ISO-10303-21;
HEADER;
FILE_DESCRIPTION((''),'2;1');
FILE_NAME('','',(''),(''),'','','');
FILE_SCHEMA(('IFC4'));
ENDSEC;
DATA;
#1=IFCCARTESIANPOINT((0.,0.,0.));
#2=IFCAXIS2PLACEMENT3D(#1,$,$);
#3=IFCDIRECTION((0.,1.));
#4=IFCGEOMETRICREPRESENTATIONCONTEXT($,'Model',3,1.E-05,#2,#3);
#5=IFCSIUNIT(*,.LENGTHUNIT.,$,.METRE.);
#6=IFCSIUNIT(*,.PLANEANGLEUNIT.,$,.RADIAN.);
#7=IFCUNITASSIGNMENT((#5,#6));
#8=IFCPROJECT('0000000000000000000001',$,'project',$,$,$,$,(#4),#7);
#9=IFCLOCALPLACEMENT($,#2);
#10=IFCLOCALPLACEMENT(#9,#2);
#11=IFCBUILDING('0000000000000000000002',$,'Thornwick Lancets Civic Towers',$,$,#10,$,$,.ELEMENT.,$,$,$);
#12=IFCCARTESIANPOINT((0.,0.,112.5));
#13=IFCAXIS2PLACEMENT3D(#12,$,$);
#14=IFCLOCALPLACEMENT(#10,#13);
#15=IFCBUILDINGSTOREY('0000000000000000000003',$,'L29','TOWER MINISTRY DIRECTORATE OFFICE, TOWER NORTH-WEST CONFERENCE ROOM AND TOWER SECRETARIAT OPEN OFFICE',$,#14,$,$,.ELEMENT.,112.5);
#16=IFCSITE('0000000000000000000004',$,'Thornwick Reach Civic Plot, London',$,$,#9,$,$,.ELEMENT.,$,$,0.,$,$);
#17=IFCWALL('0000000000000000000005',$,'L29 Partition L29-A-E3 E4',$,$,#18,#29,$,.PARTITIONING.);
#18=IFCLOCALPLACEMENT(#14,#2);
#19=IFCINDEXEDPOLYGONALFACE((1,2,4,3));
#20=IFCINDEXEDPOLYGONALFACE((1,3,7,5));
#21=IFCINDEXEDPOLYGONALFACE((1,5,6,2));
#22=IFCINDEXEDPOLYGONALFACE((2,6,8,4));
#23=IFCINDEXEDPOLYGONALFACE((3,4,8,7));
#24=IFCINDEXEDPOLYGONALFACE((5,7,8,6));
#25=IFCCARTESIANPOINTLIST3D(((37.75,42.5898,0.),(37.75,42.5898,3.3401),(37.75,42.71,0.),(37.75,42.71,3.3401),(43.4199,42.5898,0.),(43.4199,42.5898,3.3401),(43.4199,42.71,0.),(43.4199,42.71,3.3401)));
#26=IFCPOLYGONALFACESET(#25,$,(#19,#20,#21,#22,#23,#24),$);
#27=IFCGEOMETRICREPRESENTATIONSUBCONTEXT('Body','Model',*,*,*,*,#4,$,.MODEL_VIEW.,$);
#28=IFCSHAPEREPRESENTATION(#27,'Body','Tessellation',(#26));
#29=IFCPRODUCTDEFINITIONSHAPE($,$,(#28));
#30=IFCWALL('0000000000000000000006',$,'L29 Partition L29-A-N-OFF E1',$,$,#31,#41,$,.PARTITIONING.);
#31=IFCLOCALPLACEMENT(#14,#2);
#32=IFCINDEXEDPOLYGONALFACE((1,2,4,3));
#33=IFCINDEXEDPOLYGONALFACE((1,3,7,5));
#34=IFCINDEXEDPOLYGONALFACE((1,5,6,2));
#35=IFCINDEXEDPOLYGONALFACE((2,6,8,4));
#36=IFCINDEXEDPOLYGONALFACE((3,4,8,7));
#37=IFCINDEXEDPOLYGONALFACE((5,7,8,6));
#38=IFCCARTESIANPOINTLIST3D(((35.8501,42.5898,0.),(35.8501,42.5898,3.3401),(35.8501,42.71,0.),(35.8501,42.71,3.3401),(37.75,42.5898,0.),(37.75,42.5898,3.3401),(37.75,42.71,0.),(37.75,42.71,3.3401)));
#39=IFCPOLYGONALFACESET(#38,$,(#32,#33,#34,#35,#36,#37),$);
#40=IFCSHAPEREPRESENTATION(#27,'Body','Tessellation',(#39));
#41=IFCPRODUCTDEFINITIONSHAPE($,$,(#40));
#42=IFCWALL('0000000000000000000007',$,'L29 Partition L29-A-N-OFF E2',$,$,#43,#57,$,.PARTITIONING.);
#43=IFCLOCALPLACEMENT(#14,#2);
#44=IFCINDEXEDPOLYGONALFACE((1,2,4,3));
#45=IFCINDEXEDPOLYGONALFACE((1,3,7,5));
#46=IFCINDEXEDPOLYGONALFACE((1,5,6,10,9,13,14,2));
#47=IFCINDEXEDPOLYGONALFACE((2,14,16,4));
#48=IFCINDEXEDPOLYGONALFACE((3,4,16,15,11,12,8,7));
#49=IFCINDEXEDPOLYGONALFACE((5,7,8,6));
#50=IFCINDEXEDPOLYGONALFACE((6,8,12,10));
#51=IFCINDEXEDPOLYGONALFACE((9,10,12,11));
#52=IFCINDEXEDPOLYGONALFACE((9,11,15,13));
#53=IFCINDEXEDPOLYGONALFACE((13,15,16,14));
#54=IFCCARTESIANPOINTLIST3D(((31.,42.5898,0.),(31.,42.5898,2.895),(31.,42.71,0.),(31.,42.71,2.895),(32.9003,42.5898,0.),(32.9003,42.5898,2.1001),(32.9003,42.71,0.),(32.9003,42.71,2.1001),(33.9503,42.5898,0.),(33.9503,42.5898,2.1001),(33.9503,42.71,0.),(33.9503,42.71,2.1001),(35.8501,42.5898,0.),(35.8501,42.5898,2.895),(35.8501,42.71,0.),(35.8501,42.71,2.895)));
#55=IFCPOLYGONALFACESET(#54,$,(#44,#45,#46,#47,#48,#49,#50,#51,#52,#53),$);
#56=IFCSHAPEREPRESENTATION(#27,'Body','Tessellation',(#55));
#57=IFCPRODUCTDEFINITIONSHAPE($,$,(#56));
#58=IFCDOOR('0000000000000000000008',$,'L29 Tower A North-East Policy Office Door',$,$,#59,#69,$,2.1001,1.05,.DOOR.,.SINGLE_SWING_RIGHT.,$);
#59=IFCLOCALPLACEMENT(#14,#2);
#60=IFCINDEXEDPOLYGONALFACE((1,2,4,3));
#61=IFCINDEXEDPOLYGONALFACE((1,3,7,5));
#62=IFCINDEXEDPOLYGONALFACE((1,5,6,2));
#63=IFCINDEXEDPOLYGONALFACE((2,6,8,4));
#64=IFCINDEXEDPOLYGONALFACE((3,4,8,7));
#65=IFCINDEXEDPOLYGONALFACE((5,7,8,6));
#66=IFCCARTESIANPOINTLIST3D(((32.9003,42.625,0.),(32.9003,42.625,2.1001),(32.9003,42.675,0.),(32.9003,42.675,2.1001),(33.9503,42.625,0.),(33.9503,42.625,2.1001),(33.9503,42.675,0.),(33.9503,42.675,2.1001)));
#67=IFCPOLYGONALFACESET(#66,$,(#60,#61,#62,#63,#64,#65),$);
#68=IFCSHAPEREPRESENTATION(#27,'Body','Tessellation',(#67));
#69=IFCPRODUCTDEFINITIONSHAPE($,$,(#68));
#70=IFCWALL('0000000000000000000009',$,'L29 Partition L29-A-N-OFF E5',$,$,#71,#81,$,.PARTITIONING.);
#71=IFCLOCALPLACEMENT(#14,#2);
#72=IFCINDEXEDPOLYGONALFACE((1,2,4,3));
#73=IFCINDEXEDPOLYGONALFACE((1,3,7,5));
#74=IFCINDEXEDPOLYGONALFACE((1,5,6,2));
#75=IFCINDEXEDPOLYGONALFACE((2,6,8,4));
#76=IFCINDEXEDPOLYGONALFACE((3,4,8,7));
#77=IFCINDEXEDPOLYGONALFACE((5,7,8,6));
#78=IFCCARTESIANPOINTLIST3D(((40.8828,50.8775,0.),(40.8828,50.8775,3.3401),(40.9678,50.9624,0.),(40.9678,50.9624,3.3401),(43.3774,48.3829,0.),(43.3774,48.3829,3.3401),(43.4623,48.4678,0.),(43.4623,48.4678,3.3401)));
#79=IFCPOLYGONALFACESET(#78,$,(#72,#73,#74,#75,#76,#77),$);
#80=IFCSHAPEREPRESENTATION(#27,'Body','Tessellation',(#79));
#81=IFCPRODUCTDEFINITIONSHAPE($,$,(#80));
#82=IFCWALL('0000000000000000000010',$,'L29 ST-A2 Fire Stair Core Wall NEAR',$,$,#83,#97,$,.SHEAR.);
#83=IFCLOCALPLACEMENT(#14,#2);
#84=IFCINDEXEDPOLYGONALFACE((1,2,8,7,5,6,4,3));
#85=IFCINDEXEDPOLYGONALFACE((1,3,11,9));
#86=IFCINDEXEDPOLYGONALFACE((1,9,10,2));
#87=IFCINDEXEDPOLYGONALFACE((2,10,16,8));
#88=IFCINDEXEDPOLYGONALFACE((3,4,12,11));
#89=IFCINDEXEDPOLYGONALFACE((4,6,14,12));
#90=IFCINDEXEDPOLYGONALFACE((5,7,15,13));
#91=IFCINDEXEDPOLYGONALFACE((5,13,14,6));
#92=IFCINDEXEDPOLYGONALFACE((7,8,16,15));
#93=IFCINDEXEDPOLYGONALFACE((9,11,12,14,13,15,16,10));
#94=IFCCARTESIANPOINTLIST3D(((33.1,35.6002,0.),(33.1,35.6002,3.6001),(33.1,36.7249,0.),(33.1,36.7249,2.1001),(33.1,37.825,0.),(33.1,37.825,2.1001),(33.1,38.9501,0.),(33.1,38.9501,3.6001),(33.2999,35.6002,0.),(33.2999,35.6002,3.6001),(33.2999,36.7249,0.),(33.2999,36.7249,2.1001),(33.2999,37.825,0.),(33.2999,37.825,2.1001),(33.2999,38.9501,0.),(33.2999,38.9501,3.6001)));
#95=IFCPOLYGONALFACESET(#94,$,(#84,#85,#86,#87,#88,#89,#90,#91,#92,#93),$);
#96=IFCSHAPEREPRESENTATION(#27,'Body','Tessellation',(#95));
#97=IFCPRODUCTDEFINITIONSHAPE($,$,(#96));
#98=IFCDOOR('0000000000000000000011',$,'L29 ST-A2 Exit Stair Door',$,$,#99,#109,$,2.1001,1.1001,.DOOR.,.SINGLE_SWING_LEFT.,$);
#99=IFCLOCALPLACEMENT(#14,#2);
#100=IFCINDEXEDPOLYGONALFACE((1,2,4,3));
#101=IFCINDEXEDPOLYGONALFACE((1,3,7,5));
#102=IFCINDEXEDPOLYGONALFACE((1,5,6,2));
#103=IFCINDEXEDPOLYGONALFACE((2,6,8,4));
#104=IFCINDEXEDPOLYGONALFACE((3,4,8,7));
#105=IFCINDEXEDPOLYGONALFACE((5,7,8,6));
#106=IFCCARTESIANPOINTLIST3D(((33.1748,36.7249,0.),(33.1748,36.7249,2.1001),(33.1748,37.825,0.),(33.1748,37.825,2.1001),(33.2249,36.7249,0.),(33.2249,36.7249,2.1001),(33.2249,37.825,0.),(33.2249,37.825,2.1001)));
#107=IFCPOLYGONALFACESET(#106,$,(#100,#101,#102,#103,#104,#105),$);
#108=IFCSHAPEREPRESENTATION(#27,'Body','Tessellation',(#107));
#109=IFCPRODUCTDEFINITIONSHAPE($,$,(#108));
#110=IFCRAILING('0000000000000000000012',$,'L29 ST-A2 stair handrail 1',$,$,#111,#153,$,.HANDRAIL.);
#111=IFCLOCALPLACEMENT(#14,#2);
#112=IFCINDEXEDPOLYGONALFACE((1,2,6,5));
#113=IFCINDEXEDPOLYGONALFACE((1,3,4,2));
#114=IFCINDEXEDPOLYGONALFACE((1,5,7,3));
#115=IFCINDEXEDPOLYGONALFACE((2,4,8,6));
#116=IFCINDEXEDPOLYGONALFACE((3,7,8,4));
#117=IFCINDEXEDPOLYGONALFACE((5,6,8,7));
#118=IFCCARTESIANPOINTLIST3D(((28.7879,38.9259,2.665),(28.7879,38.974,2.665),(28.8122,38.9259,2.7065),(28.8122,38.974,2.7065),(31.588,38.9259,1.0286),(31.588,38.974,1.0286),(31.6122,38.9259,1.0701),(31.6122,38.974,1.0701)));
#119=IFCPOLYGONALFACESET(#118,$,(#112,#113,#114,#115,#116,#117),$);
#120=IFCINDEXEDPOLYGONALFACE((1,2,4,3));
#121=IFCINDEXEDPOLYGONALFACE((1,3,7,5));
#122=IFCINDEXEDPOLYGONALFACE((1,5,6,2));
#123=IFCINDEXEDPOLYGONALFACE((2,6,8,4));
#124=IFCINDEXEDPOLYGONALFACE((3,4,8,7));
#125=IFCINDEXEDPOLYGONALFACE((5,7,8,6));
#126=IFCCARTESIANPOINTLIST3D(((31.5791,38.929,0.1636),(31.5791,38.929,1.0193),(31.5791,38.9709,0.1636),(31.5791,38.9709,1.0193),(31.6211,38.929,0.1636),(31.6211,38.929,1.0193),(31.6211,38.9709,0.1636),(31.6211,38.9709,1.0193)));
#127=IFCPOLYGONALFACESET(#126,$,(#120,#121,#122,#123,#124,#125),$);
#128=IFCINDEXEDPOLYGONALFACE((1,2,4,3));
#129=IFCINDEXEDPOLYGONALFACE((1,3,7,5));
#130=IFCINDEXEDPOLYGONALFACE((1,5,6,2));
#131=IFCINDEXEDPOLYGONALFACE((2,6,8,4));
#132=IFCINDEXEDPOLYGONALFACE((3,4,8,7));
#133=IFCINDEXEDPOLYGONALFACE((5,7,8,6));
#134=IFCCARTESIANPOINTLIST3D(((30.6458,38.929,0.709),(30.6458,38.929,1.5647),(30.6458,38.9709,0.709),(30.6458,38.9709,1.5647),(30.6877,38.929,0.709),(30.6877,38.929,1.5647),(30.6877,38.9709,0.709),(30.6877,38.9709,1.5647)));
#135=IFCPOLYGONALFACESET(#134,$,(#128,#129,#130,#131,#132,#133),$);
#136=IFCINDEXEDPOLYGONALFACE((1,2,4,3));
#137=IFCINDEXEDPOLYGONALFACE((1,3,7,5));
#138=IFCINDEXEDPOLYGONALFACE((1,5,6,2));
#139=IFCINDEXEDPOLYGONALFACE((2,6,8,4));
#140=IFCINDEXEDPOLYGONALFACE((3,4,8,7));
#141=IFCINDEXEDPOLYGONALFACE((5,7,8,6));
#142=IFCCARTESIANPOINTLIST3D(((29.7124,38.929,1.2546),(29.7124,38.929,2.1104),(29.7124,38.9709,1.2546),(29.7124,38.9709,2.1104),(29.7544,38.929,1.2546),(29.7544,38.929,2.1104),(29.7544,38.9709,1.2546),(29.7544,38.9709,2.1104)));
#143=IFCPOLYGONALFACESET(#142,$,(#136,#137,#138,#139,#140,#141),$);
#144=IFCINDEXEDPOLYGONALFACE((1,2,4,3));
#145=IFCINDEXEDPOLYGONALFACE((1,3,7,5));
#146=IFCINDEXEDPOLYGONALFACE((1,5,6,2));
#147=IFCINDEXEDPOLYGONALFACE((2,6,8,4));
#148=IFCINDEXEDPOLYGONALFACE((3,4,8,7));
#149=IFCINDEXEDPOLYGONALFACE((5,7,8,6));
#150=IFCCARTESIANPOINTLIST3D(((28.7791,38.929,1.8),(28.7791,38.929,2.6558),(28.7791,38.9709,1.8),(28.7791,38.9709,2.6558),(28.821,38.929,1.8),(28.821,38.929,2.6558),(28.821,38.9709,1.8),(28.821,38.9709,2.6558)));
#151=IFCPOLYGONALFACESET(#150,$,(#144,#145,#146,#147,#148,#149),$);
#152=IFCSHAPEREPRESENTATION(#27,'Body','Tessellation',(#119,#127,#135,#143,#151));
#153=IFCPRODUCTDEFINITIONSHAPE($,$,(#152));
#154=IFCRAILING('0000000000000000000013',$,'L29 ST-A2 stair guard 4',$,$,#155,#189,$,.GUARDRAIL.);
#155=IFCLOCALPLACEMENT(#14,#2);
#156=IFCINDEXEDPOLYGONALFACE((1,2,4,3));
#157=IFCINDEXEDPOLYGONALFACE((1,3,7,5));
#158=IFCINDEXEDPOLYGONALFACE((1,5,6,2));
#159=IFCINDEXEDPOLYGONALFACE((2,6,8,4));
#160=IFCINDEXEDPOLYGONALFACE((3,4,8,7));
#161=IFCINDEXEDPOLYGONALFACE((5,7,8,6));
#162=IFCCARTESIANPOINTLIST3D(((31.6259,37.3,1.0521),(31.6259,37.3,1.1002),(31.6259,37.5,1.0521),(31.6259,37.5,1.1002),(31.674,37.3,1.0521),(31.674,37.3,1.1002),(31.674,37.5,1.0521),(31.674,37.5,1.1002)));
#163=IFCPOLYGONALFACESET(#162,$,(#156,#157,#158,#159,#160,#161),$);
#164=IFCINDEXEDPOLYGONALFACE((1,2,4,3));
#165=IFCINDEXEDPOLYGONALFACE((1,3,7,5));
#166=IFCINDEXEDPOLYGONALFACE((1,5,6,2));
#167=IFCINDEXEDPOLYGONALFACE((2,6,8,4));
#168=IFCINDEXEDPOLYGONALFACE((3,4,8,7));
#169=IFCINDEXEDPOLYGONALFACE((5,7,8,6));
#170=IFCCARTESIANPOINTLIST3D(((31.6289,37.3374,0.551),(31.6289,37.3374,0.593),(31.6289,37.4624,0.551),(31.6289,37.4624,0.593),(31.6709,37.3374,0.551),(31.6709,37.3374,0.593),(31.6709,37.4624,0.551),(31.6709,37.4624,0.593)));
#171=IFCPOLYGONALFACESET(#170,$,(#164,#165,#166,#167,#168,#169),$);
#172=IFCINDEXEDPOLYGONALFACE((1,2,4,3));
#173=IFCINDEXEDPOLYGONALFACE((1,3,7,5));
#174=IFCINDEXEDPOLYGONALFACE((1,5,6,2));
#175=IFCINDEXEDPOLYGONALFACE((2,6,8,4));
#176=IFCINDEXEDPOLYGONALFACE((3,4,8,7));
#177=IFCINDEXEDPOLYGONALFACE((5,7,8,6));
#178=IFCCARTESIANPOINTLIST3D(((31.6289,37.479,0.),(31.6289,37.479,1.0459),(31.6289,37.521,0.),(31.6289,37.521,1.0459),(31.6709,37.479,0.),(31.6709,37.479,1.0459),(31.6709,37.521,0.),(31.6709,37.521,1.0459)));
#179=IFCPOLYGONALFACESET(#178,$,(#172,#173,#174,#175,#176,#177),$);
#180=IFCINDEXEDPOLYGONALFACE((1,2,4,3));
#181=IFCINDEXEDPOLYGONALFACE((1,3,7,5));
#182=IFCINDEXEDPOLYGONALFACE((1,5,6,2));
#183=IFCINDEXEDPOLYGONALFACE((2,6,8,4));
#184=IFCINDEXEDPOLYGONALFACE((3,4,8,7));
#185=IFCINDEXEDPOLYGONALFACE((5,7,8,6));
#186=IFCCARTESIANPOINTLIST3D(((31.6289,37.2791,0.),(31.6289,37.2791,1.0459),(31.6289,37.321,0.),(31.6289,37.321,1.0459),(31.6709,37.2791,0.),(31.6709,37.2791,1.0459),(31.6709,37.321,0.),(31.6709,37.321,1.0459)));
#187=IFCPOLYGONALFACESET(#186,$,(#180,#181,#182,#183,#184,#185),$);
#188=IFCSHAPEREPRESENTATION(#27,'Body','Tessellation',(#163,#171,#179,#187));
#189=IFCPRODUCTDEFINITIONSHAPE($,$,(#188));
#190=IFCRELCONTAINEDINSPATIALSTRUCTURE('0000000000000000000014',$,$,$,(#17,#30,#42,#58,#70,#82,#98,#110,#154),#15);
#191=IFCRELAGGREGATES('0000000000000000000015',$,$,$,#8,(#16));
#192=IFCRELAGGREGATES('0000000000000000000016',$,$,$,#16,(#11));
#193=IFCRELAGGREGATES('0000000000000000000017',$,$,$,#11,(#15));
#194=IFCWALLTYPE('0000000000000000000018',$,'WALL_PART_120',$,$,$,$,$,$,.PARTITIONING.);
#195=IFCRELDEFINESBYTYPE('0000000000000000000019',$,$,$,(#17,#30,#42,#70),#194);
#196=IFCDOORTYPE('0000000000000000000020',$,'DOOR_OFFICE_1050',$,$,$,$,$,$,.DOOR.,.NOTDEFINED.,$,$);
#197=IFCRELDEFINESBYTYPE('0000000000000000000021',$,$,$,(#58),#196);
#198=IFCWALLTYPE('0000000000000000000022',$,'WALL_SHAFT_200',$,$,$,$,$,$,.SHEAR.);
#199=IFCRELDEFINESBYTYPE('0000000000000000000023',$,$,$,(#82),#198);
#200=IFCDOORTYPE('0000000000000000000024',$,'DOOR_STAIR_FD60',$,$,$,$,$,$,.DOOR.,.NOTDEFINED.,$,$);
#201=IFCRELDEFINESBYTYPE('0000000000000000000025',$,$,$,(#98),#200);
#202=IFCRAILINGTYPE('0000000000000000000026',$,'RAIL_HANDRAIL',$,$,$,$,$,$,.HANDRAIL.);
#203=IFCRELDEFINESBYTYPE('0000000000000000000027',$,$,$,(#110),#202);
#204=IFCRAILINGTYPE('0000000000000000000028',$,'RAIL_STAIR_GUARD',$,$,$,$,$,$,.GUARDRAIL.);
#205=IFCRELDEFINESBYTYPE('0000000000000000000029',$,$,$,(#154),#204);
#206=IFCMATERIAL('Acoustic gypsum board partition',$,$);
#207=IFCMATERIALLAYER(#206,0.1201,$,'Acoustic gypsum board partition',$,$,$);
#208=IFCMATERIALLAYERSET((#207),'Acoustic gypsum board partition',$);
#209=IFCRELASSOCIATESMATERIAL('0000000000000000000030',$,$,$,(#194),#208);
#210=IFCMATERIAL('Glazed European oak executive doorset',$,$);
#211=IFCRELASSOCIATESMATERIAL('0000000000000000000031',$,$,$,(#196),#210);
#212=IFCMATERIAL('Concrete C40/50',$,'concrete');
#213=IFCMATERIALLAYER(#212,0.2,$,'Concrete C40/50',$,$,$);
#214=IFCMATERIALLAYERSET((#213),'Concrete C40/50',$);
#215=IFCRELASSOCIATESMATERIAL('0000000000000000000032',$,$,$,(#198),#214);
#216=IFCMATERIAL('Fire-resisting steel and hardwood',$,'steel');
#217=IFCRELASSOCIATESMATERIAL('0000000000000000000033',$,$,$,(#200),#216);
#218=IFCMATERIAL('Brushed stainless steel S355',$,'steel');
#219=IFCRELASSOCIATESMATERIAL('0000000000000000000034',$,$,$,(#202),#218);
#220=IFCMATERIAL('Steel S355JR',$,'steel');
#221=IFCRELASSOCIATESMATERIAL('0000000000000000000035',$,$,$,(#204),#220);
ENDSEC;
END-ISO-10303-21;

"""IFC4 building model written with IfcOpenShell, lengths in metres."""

from ifc_helpers import new_model, si_unit, direction, frame, frame_2d, origin, origin_2d, place, context, subcontext, project, spatial, rectangle, extrude, material, layer, layer_set, type_object, element, fill, save


model = new_model("IFC4")

# Units and contexts
model_context = context("Model", 3, precision=1e-05, world=origin(), true_north=direction((0.0, 1.0)))
body_context = subcontext(model_context, "Body", "Model", "MODEL_VIEW")
ifc_project = project(units=[si_unit("LENGTHUNIT", "METRE"), si_unit("PLANEANGLEUNIT", "RADIAN")], contexts=[model_context])

# Site, building, storey
site_placement = place(None, origin())
site = spatial("IfcSite", under=ifc_project, at=site_placement, Name="Thornwick Reach Civic Plot, London", CompositionType="ELEMENT", RefElevation=0.0)
building_placement = place(site_placement, origin())
building = spatial("IfcBuilding", under=site, at=building_placement, Name="Thornwick Lancets Civic Towers", CompositionType="ELEMENT")
storey_placement = place(building_placement, frame((0.0, 0.0, 112.5)))
storey = spatial("IfcBuildingStorey", under=building, at=storey_placement, Name="L29", Description="TOWER MINISTRY DIRECTORATE OFFICE, TOWER NORTH-WEST CONFERENCE ROOM AND TOWER SECRETARIAT OPEN OFFICE", CompositionType="ELEMENT", Elevation=112.5)

# Shared definitions
ifc_material_1 = material(Name="Steel S355JR", Category="steel")

# Walls
ifc_material_2 = material(Name="Acoustic gypsum board partition")
ifc_layer_1 = layer(ifc_material_2, 0.1201, Name="Acoustic gypsum board partition")
ifc_layer_set_1 = layer_set([ifc_layer_1], Name="Acoustic gypsum board partition")
wall_type_1 = type_object("IfcWallType", Name="WALL_PART_120", PredefinedType="PARTITIONING", material=ifc_layer_set_1)
wall_1_placement = place(storey_placement, frame((37.75, 42.6499, 0.0), z_axis=(0.0, 0.0, 1.0), x_axis=(1.0, 0.0, 0.0)))
element("IfcWall", 1, at=wall_1_placement, inside=storey, type_object=wall_type_1, Name="L29 Partition L29-A-E3 E4", PredefinedType="PARTITIONING", context=body_context, shape_type="SweptSolid", body=[
    extrude(rectangle(XDim=5.6699, YDim=0.1201, at=frame_2d((2.835, 0.0))), origin(), (0.0, 0.0, 1.0), 3.3401),
])
wall_2_placement = place(storey_placement, frame((37.75, 42.6499, 0.0), z_axis=(0.0, 0.0, 1.0), x_axis=(-1.0, 0.0, 0.0)))
element("IfcWall", 2, at=wall_2_placement, inside=storey, type_object=wall_type_1, Name="L29 Partition L29-A-N-OFF E1", PredefinedType="PARTITIONING", context=body_context, shape_type="SweptSolid", body=[
    extrude(rectangle(XDim=1.8999, YDim=0.1201, at=frame_2d((0.95, 0.0))), origin(), (0.0, 0.0, 1.0), 3.3401),
])

# Wall, opening, door
wall_3_placement = place(storey_placement, frame((35.8501, 42.6499, 0.0), z_axis=(0.0, 0.0, 1.0), x_axis=(-1.0, 0.0, 0.0)))
wall_3 = element("IfcWall", 3, at=wall_3_placement, inside=storey, type_object=wall_type_1, Name="L29 Partition L29-A-N-OFF E2", PredefinedType="PARTITIONING", context=body_context, shape_type="SweptSolid", body=[
    extrude(rectangle(XDim=4.8501, YDim=0.1201, at=frame_2d((2.425, 0.0))), origin(), (0.0, 0.0, 1.0), 2.895),
])
opening_1_placement = place(wall_3_placement, frame((1.8999, 0.0, 0.0)))
opening_1 = element("IfcOpeningElement", 4, at=opening_1_placement, cuts=wall_3, PredefinedType="OPENING", context=body_context, shape_type="SweptSolid", body=[
    extrude(rectangle(XDim=1.05, YDim=2.1001, at=frame_2d((0.5249, 1.05))), frame((0.0, 0.0701, 0.0), z_axis=(0.0, -1.0, 0.0), x_axis=(1.0, 0.0, 0.0)), (0.0, 0.0, 1.0), 0.1401),
])
ifc_material_3 = material(Name="Glazed European oak executive doorset")
door_type_1 = type_object("IfcDoorType", Name="DOOR_OFFICE_1050", OperationType="NOTDEFINED", PredefinedType="DOOR", material=ifc_material_3)
door_1_placement = place(opening_1_placement, origin())
door_1 = element("IfcDoor", 5, at=door_1_placement, inside=storey, type_object=door_type_1, Name="L29 Tower A North-East Policy Office Door", OperationType="SINGLE_SWING_RIGHT", OverallHeight=2.1001, OverallWidth=1.05, PredefinedType="DOOR", context=body_context, shape_type="SweptSolid", body=[
    extrude(rectangle(XDim=1.05, YDim=2.1001, at=frame_2d((0.5249, 1.05))), frame((0.0, 0.0249, 0.0), z_axis=(0.0, -1.0, 0.0), x_axis=(1.0, 0.0, 0.0)), (0.0, 0.0, 1.0), 0.05),
])
fill(opening_1, door_1)

# Wall
wall_4_placement = place(storey_placement, frame((40.9253, 50.9199, 0.0), z_axis=(0.0, 0.0, 1.0), x_axis=(0.707107, -0.707107, 0.0)))
element("IfcWall", 6, at=wall_4_placement, inside=storey, type_object=wall_type_1, Name="L29 Partition L29-A-N-OFF E5", PredefinedType="PARTITIONING", context=body_context, shape_type="SweptSolid", body=[
    extrude(rectangle(XDim=3.5278, YDim=0.1201, at=frame_2d((1.7639, 0.0))), origin(), (0.0, 0.0, 1.0), 3.3401),
])

# Wall, opening, door
ifc_material_4 = material(Name="Concrete C40/50", Category="concrete")
ifc_layer_2 = layer(ifc_material_4, 0.2, Name="Concrete C40/50")
ifc_layer_set_2 = layer_set([ifc_layer_2], Name="Concrete C40/50")
wall_type_2 = type_object("IfcWallType", Name="WALL_SHAFT_200", PredefinedType="SHEAR", material=ifc_layer_set_2)
wall_5_placement = place(storey_placement, frame((33.2, 38.95, 0.0), z_axis=(0.0, 0.0, 1.0), x_axis=(0.0, -1.0, 0.0)))
wall_5 = element("IfcWall", 7, at=wall_5_placement, inside=storey, type_object=wall_type_2, Name="L29 ST-A2 Fire Stair Core Wall NEAR", PredefinedType="SHEAR", context=body_context, shape_type="SweptSolid", body=[
    extrude(rectangle(XDim=3.3499, YDim=0.2, at=frame_2d((1.6748, 0.0))), origin(), (0.0, 0.0, 1.0), 3.6001),
])
opening_2_placement = place(wall_5_placement, frame((1.125, 0.0, 0.0)))
opening_2 = element("IfcOpeningElement", 8, at=opening_2_placement, cuts=wall_5, PredefinedType="OPENING", context=body_context, shape_type="SweptSolid", body=[
    extrude(rectangle(XDim=1.1001, YDim=2.1001, at=frame_2d((0.55, 1.05))), frame((0.0, 0.1099, 0.0), z_axis=(0.0, -1.0, 0.0), x_axis=(1.0, 0.0, 0.0)), (0.0, 0.0, 1.0), 0.22),
])
ifc_material_5 = material(Name="Fire-resisting steel and hardwood", Category="steel")
door_type_2 = type_object("IfcDoorType", Name="DOOR_STAIR_FD60", OperationType="NOTDEFINED", PredefinedType="DOOR", material=ifc_material_5)
door_2_placement = place(opening_2_placement, origin())
door_2 = element("IfcDoor", 9, at=door_2_placement, inside=storey, type_object=door_type_2, Name="L29 ST-A2 Exit Stair Door", OperationType="SINGLE_SWING_LEFT", OverallHeight=2.1001, OverallWidth=1.1001, PredefinedType="DOOR", context=body_context, shape_type="SweptSolid", body=[
    extrude(rectangle(XDim=1.1001, YDim=2.1001, at=frame_2d((0.55, 1.05))), frame((0.0, 0.0249, 0.0), z_axis=(0.0, -1.0, 0.0), x_axis=(1.0, 0.0, 0.0)), (0.0, 0.0, 1.0), 0.05),
])
fill(opening_2, door_2)

# Railings
ifc_material_6 = material(Name="Brushed stainless steel S355", Category="steel")
railing_type_1 = type_object("IfcRailingType", Name="RAIL_HANDRAIL", PredefinedType="HANDRAIL", material=ifc_material_6)
railing_1_placement = place(storey_placement, frame((31.6001, 38.95, 0.1636)))
element("IfcRailing", 10, at=railing_1_placement, inside=storey, type_object=railing_type_1, Name="L29 ST-A2 stair handrail 1", PredefinedType="HANDRAIL", context=body_context, shape_type="SweptSolid", body=[
    extrude(rectangle(XDim=0.0481, YDim=0.0481, at=origin_2d()), frame((0.0, 0.0, 0.8857), z_axis=(-0.863361, 0.0, 0.504587), x_axis=(0.0, -1.0, 0.0)), (0.0, 0.0, 1.0), 3.2432),
    extrude(rectangle(XDim=0.042, YDim=0.042, at=origin_2d()), origin(), (0.0, 0.0, 1.0), 0.8557),
    extrude(rectangle(XDim=0.042, YDim=0.042, at=origin_2d()), frame((-0.9333, 0.0, 0.5454)), (0.0, 0.0, 1.0), 0.8557),
    extrude(rectangle(XDim=0.042, YDim=0.042, at=origin_2d()), frame((-1.8667, 0.0, 1.0911)), (0.0, 0.0, 1.0), 0.8557),
    extrude(rectangle(XDim=0.042, YDim=0.042, at=origin_2d()), frame((-2.8, 0.0, 1.6365)), (0.0, 0.0, 1.0), 0.8557),
])
railing_type_2 = type_object("IfcRailingType", Name="RAIL_STAIR_GUARD", PredefinedType="GUARDRAIL", material=ifc_material_1)
railing_2_placement = place(storey_placement, frame((31.6499, 37.5, 0.0)))
element("IfcRailing", 11, at=railing_2_placement, inside=storey, type_object=railing_type_2, Name="L29 ST-A2 stair guard 4", PredefinedType="GUARDRAIL", context=body_context, shape_type="SweptSolid", body=[
    extrude(rectangle(XDim=0.0481, YDim=0.0481, at=origin_2d()), frame((0.0, 0.0, 1.0762), z_axis=(0.0, -1.0, 0.0), x_axis=(1.0, 0.0, 0.0)), (0.0, 0.0, 1.0), 0.2),
    extrude(rectangle(XDim=0.042, YDim=0.042, at=origin_2d()), frame((0.0, -0.0376, 0.572), z_axis=(0.0, -1.0, 0.0), x_axis=(1.0, 0.0, 0.0)), (0.0, 0.0, 1.0), 0.125),
    extrude(rectangle(XDim=0.042, YDim=0.042, at=origin_2d()), origin(), (0.0, 0.0, 1.0), 1.0459),
    extrude(rectangle(XDim=0.042, YDim=0.042, at=origin_2d()), frame((0.0, -0.2, 0.0)), (0.0, 0.0, 1.0), 1.0459),
])

save(model, "model.ifc")
